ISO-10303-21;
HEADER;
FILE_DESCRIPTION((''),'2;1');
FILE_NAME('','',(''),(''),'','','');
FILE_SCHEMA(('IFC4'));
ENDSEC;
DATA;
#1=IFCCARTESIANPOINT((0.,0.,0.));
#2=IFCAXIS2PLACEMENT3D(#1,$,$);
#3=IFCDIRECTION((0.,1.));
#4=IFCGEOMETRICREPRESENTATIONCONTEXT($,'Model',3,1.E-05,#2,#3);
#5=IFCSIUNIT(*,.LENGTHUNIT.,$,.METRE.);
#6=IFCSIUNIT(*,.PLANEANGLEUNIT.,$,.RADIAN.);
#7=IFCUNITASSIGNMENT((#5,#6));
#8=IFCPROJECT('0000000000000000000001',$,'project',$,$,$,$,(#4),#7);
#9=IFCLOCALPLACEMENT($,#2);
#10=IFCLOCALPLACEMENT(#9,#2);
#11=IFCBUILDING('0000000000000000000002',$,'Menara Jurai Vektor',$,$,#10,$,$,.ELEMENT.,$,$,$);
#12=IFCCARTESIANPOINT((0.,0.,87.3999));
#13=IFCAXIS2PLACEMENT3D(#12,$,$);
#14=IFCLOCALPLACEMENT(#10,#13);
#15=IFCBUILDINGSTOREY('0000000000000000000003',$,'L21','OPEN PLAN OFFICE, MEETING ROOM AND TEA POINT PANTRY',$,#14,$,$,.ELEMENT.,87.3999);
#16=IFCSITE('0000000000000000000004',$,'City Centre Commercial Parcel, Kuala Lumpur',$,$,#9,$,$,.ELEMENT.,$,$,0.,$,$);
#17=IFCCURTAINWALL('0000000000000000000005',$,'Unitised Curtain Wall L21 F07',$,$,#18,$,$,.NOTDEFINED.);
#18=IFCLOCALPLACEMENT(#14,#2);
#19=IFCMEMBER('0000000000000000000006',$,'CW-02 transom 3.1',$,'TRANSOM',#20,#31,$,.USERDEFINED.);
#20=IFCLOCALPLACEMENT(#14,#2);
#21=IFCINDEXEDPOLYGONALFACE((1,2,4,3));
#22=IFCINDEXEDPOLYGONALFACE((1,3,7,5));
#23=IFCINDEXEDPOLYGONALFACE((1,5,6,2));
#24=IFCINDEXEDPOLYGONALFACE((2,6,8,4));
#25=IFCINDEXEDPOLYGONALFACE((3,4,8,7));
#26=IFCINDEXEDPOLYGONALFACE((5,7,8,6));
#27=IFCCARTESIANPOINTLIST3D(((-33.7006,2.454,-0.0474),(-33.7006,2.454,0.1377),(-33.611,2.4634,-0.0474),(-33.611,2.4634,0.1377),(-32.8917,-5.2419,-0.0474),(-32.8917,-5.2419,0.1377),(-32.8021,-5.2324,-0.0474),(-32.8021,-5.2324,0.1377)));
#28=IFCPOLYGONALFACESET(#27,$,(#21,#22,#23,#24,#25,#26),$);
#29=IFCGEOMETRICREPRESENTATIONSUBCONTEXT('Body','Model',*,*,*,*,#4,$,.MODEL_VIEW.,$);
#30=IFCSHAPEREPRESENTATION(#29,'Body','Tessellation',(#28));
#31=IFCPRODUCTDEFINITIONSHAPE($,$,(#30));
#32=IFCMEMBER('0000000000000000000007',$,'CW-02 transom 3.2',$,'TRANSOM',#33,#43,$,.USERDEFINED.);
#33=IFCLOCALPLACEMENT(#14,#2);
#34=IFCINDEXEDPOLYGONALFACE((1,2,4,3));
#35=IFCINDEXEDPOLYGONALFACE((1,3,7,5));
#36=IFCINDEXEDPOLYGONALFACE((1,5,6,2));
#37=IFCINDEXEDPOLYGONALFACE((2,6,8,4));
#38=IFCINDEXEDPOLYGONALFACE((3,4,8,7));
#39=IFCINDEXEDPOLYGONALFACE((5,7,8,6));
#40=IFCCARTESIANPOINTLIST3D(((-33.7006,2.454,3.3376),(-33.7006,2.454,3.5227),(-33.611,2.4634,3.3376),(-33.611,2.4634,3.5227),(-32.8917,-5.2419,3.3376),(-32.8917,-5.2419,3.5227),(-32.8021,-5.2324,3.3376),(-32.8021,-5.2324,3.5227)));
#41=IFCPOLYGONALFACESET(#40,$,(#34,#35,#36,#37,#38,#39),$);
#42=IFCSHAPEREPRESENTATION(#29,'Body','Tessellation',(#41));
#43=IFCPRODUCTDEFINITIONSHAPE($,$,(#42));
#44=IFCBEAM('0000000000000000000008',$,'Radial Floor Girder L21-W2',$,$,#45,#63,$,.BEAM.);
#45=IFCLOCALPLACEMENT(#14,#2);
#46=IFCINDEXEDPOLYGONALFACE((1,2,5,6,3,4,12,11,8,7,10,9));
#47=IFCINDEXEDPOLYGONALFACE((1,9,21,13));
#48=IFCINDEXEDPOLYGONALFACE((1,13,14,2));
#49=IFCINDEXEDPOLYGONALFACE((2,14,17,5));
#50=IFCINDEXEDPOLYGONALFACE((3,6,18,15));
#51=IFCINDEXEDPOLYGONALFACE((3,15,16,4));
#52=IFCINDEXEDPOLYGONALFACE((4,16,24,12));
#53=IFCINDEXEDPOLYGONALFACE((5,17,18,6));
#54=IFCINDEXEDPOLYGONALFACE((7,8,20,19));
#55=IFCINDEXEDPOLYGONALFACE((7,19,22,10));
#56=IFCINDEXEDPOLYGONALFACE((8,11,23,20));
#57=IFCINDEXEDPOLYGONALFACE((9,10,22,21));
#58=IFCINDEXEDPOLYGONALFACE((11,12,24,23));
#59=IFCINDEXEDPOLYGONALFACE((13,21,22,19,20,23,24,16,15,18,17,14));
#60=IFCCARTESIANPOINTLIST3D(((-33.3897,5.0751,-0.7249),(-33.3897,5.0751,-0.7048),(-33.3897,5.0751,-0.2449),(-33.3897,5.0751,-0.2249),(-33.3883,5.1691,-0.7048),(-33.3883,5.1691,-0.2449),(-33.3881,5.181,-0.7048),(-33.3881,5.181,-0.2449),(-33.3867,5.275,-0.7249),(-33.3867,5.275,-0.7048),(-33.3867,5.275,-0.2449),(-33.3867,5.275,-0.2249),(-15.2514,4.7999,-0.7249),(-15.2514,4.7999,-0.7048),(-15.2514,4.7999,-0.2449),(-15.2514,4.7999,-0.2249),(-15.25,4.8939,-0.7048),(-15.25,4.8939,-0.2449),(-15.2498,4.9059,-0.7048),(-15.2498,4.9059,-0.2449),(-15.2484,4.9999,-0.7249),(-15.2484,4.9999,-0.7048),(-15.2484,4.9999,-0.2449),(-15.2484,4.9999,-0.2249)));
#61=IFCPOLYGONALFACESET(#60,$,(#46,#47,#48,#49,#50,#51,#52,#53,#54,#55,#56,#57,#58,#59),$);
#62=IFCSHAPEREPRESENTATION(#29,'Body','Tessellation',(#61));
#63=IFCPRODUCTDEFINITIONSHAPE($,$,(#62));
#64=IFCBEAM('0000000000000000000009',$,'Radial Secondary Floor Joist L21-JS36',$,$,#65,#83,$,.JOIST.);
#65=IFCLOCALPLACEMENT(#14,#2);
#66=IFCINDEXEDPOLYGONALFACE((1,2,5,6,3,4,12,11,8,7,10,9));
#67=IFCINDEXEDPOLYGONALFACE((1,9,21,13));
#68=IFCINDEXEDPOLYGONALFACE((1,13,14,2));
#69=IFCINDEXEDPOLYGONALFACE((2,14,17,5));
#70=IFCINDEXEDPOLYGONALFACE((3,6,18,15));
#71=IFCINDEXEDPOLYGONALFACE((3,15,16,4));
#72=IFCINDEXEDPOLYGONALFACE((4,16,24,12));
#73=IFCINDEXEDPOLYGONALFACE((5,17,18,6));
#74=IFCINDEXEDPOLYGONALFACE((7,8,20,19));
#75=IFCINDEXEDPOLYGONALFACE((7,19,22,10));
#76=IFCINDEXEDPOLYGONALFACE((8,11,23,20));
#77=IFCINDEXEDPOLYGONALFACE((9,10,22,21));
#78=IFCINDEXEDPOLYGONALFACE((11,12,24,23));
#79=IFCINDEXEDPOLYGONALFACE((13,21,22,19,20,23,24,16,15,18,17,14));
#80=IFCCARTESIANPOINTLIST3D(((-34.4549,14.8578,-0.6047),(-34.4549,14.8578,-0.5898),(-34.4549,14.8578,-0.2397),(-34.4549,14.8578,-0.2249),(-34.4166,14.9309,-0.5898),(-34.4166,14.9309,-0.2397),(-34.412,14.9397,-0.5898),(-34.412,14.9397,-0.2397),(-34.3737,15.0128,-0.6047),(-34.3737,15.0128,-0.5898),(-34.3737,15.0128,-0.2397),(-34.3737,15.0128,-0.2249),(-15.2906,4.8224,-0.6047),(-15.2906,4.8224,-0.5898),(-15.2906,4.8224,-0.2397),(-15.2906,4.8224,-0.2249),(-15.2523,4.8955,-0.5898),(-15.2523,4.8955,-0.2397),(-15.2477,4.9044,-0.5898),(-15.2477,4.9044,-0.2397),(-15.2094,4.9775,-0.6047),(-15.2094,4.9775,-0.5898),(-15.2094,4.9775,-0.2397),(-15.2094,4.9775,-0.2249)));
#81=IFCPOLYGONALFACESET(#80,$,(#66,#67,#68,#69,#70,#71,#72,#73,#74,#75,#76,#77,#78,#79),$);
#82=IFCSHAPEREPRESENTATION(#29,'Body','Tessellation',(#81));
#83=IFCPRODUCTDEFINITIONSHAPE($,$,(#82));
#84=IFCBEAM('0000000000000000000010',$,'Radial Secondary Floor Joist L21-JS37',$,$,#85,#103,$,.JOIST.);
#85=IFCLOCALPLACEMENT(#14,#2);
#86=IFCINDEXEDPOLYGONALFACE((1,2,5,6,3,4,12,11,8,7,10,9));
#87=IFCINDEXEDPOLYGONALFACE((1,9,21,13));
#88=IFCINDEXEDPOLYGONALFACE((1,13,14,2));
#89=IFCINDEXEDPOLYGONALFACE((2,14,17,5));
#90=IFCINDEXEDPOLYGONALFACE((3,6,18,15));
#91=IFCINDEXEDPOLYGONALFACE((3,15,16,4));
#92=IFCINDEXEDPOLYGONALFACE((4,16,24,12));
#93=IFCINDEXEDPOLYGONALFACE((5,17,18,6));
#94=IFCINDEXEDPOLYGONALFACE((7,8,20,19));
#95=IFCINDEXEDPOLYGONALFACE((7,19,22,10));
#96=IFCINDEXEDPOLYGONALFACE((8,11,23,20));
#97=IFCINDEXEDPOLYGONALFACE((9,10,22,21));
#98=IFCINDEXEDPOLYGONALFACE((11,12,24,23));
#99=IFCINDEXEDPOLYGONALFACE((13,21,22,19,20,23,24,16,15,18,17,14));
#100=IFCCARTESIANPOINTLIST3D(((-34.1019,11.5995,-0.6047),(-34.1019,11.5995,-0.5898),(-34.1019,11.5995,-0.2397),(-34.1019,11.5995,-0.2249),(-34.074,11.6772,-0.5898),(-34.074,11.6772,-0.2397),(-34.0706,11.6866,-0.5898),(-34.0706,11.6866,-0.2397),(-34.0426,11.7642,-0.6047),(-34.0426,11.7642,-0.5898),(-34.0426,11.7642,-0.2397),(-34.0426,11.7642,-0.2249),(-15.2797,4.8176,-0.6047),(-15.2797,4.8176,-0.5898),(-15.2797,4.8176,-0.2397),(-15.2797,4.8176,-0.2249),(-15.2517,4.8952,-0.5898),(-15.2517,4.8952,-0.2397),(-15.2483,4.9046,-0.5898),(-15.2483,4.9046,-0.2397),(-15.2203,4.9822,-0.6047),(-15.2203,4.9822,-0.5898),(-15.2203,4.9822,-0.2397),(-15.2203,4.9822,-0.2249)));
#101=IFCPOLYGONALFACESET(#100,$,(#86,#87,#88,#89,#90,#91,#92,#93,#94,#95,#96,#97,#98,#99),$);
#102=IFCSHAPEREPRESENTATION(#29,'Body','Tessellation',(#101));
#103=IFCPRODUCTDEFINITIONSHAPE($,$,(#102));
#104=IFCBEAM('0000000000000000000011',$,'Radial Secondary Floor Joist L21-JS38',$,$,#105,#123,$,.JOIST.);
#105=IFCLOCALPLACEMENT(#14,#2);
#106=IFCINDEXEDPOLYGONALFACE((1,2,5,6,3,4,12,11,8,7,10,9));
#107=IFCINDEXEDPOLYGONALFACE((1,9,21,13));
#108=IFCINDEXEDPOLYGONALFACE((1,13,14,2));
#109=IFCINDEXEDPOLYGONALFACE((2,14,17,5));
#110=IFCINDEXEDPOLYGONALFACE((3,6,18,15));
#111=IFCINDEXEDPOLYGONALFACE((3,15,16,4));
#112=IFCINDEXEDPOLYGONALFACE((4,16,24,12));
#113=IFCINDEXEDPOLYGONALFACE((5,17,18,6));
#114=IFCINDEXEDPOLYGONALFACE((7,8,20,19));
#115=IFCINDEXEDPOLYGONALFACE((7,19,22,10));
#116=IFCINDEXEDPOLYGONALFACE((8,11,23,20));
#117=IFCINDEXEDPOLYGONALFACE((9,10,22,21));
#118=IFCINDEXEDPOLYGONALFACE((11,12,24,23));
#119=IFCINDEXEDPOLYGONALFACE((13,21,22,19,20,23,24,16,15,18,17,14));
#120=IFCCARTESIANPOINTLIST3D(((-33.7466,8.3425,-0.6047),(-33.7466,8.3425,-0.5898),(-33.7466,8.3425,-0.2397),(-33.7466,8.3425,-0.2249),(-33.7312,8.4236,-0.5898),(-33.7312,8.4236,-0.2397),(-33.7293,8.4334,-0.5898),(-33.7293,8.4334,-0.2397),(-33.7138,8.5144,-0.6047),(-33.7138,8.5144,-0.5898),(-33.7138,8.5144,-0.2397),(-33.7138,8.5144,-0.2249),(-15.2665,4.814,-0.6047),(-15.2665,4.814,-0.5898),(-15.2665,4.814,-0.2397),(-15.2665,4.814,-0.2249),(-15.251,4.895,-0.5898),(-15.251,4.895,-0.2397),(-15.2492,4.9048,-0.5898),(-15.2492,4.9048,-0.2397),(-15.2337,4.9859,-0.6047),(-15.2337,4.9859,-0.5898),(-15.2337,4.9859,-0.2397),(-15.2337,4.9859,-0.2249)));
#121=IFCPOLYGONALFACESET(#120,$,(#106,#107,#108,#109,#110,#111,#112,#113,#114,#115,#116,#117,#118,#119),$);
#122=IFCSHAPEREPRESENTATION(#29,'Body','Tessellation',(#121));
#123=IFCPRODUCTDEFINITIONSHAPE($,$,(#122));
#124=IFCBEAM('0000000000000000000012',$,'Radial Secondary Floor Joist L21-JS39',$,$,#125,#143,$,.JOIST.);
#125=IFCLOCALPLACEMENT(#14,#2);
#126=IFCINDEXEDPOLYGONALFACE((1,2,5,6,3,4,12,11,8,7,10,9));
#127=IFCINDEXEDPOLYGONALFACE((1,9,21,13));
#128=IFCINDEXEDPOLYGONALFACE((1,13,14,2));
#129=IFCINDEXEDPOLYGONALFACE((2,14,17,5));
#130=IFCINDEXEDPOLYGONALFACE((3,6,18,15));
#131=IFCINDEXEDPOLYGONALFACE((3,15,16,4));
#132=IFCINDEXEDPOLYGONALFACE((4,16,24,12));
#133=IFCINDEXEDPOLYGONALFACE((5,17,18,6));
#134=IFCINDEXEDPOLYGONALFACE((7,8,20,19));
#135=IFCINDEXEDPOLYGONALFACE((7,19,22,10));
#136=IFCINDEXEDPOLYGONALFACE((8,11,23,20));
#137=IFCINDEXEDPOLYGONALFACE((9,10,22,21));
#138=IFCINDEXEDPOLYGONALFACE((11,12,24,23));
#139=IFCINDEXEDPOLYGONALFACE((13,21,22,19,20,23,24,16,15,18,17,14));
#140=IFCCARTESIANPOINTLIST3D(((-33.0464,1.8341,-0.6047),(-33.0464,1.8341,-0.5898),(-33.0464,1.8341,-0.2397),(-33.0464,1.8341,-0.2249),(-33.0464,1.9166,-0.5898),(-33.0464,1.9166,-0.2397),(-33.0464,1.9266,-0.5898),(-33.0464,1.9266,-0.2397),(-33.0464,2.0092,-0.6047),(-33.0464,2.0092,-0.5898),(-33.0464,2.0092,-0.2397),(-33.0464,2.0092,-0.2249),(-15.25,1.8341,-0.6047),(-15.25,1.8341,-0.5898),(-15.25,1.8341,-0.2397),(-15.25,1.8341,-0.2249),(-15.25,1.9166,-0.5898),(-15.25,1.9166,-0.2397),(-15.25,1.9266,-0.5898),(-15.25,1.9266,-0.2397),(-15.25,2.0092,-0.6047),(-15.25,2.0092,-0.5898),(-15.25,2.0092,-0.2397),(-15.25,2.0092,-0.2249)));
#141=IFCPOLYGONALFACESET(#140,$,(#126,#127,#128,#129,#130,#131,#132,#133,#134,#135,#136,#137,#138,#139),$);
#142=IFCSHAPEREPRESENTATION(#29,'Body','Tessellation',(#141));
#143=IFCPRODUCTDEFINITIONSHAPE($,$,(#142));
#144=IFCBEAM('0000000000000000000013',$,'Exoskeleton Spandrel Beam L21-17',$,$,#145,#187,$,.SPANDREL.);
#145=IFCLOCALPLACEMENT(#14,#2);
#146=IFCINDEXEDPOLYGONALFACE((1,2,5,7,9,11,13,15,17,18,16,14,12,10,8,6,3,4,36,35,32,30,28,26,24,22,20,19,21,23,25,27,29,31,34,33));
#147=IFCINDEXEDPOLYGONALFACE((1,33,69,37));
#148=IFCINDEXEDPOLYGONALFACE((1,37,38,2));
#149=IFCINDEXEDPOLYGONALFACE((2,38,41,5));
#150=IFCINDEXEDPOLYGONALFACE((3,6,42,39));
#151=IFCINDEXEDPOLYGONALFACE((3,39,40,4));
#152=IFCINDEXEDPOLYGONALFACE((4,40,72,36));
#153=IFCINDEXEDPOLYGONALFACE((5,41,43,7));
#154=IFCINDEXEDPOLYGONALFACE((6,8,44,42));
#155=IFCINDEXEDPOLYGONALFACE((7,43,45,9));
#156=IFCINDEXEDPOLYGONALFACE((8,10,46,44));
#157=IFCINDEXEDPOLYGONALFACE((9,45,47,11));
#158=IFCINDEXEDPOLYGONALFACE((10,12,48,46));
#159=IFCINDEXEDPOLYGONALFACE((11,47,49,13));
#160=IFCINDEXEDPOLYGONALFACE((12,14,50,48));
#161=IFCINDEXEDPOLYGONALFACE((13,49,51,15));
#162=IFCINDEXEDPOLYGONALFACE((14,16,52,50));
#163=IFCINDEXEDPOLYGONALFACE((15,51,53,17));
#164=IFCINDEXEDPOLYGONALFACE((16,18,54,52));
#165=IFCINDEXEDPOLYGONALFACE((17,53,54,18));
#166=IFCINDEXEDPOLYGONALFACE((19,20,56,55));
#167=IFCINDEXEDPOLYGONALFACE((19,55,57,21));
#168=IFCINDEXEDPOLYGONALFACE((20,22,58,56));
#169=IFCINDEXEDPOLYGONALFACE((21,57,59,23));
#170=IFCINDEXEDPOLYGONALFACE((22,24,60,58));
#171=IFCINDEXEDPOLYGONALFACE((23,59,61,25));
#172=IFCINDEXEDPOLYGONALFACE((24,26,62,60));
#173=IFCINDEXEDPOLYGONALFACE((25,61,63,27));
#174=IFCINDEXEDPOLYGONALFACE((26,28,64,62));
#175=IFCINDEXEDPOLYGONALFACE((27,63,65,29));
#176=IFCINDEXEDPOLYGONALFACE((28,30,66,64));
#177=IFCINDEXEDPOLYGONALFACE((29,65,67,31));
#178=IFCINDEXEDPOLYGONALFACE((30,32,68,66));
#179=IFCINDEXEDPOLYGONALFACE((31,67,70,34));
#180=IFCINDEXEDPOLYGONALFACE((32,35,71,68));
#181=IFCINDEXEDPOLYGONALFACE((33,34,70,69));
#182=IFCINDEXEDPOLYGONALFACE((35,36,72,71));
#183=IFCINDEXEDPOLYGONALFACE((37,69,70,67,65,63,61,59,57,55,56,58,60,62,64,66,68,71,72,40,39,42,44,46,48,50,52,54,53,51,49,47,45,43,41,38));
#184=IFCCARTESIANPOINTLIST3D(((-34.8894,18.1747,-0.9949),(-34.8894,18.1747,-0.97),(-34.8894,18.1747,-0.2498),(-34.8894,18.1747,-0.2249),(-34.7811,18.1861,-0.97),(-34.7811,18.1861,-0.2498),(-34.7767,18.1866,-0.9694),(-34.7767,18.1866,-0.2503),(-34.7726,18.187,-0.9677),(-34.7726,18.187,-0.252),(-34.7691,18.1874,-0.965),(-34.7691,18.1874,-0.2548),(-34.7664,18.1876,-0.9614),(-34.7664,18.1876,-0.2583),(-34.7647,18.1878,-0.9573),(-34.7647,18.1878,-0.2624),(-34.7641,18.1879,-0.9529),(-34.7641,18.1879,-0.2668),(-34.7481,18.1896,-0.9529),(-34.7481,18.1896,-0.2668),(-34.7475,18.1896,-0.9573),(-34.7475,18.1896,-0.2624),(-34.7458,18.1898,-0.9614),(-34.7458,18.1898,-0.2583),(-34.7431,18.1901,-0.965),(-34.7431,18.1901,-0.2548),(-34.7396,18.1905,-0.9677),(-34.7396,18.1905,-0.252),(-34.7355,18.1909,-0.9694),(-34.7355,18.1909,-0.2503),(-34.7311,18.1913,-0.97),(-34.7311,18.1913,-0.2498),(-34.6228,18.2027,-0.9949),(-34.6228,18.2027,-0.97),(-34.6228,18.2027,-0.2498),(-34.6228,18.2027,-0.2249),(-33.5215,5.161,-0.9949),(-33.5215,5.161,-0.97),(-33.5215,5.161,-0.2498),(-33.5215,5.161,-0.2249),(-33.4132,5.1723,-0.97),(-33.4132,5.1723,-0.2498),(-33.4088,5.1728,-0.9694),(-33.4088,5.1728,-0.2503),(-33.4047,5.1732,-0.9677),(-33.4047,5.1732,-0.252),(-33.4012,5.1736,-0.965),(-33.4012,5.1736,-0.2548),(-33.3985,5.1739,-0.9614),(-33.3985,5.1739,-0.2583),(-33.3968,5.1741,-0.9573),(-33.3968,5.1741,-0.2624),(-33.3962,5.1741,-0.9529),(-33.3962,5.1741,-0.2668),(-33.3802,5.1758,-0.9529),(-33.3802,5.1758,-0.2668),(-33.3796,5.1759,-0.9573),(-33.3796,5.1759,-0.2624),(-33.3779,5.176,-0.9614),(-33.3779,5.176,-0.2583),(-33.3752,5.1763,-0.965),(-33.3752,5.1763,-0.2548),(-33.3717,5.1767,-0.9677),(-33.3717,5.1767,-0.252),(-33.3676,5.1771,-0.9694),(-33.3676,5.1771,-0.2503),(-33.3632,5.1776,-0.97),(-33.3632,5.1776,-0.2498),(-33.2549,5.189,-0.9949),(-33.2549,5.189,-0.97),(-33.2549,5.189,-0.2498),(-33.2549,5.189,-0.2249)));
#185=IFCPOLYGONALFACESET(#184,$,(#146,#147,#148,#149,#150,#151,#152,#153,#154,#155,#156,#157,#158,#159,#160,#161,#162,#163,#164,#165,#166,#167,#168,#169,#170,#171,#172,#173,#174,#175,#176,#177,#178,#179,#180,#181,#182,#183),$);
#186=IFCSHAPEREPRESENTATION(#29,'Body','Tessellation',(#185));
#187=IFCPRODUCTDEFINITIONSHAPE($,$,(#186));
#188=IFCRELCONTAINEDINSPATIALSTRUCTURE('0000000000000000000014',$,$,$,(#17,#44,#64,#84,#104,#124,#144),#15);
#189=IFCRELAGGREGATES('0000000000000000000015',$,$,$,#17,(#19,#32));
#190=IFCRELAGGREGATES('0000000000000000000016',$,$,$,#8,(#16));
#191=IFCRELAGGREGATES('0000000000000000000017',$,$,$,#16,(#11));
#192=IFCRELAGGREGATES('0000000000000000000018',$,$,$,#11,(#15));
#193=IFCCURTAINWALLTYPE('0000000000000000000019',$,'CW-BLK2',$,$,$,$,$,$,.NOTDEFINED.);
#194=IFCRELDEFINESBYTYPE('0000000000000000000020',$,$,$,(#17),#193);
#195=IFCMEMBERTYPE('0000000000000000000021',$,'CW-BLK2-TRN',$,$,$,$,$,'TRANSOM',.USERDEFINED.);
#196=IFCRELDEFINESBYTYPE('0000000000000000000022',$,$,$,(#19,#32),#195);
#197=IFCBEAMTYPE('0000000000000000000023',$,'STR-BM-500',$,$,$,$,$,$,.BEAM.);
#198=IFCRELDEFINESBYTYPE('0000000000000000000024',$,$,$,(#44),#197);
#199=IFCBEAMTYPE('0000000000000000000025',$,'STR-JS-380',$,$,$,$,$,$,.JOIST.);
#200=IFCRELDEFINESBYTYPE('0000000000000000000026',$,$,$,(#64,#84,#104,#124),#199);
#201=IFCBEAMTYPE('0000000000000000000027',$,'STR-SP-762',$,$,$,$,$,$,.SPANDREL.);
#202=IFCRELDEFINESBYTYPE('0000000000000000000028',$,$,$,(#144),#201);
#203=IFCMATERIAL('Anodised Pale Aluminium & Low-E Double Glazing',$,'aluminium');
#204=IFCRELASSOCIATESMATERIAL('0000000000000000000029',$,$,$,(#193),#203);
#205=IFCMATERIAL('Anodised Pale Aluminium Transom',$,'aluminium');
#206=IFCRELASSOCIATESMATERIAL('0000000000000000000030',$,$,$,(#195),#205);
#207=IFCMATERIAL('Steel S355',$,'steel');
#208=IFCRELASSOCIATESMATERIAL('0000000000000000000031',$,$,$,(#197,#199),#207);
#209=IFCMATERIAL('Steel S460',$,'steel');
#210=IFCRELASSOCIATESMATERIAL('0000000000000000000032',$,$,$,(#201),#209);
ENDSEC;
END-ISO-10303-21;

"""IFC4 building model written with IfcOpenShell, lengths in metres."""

from ifc_helpers import new_model, si_unit, direction, frame, origin, origin_2d, place, context, subcontext, project, spatial, rectangle, i_section, extrude, material, material_profile, profile_set, type_object, element, aggregate, save


model = new_model("IFC4")

# Units and contexts
model_context = context("Model", 3, precision=1e-05, world=origin(), true_north=direction((0.0, 1.0)))
body_context = subcontext(model_context, "Body", "Model", "MODEL_VIEW")
ifc_project = project(units=[si_unit("LENGTHUNIT", "METRE"), si_unit("PLANEANGLEUNIT", "RADIAN")], contexts=[model_context])

# Site, building, storey
site_placement = place(None, origin())
site = spatial("IfcSite", under=ifc_project, at=site_placement, Name="City Centre Commercial Parcel, Kuala Lumpur", CompositionType="ELEMENT", RefElevation=0.0)
building_placement = place(site_placement, origin())
building = spatial("IfcBuilding", under=site, at=building_placement, Name="Menara Jurai Vektor", CompositionType="ELEMENT")
storey_placement = place(building_placement, frame((0.0, 0.0, 87.3999)))
storey = spatial("IfcBuildingStorey", under=building, at=storey_placement, Name="L21", Description="OPEN PLAN OFFICE, MEETING ROOM AND TEA POINT PANTRY", CompositionType="ELEMENT", Elevation=87.3999)

# Shared definitions
ifc_material_1 = material(Name="Steel S460", Category="steel")

# Curtain wall, members
ifc_material_2 = material(Name="Anodised Pale Aluminium & Low-E Double Glazing", Category="aluminium")
curtain_wall_type = type_object("IfcCurtainWallType", Name="CW-BLK2", PredefinedType="NOTDEFINED", material=ifc_material_2)
curtain_wall_placement = place(storey_placement, origin())
curtain_wall = element("IfcCurtainWall", 1, at=curtain_wall_placement, inside=storey, type_object=curtain_wall_type, Name="Unitised Curtain Wall L21 F07", PredefinedType="NOTDEFINED")
ifc_material_3 = material(Name="Anodised Pale Aluminium Transom", Category="aluminium")
ifc_material_profile_1 = material_profile(ifc_material_3, rectangle(XDim=0.0901, YDim=0.1851, at=origin_2d()), Name="ALU TRN 90x185")
ifc_profile_set_1 = profile_set([ifc_material_profile_1], Name="Anodised Pale Aluminium Transom")
member_type_1 = type_object("IfcMemberType", Name="CW-BLK2-TRN", ElementType="TRANSOM", PredefinedType="USERDEFINED", material=ifc_profile_set_1)
member_1_placement = place(storey_placement, frame((-33.6558, 2.4587, 0.0452), z_axis=(0.104525, -0.994522, 0.0), x_axis=(0.994522, 0.104525, 0.0)))
member_1 = element("IfcMember", 2, at=member_1_placement, type_object=member_type_1, Name="CW-02 transom 3.1", ObjectType="TRANSOM", PredefinedType="USERDEFINED", context=body_context, shape_type="SweptSolid", body=[
    extrude(rectangle(XDim=0.0901, YDim=0.1851, at=origin_2d()), origin(), (0.0, 0.0, 1.0), 7.7383),
])
member_2_placement = place(storey_placement, frame((-33.6558, 2.4587, 3.4302), z_axis=(0.104525, -0.994522, 0.0), x_axis=(0.994522, 0.104525, 0.0)))
member_2 = element("IfcMember", 3, at=member_2_placement, type_object=member_type_1, Name="CW-02 transom 3.2", ObjectType="TRANSOM", PredefinedType="USERDEFINED", context=body_context, shape_type="SweptSolid", body=[
    extrude(rectangle(XDim=0.0901, YDim=0.1851, at=origin_2d()), origin(), (0.0, 0.0, 1.0), 7.7383),
])

# Beams
ifc_material_4 = material(Name="Steel S355", Category="steel")
ifc_material_profile_2 = material_profile(ifc_material_4, i_section(OverallWidth=0.2, OverallDepth=0.5, WebThickness=0.012, FlangeThickness=0.02, at=origin_2d()), Name="PG 500x200x96")
ifc_profile_set_2 = profile_set([ifc_material_profile_2], Name="Steel S355")
beam_type_1 = type_object("IfcBeamType", Name="STR-BM-500", PredefinedType="BEAM", material=ifc_profile_set_2)
beam_1_placement = place(storey_placement, frame((-33.3882, 5.175, -0.4749), z_axis=(0.999885, -0.015168, 0.0), x_axis=(0.015168, 0.999885, 0.0)))
element("IfcBeam", 4, at=beam_1_placement, inside=storey, type_object=beam_type_1, Name="Radial Floor Girder L21-W2", PredefinedType="BEAM", context=body_context, shape_type="SweptSolid", body=[
    extrude(i_section(OverallWidth=0.2, OverallDepth=0.5, WebThickness=0.012, FlangeThickness=0.02, at=origin_2d()), origin(), (0.0, 0.0, 1.0), 18.1404),
])
ifc_material_profile_3 = material_profile(ifc_material_4, i_section(OverallWidth=0.175, OverallDepth=0.3799, WebThickness=0.01, FlangeThickness=0.0149, at=origin_2d()), Name="PG 380x175x58")
ifc_profile_set_3 = profile_set([ifc_material_profile_3], Name="Steel S355")
beam_type_2 = type_object("IfcBeamType", Name="STR-JS-380", PredefinedType="JOIST", material=ifc_profile_set_3)
beam_2_placement = place(storey_placement, frame((-34.4143, 14.9353, -0.4148), z_axis=(0.885889, -0.463897, 0.0), x_axis=(0.463897, 0.885889, 0.0)))
element("IfcBeam", 5, at=beam_2_placement, inside=storey, type_object=beam_type_2, Name="Radial Secondary Floor Joist L21-JS36", PredefinedType="JOIST", context=body_context, shape_type="SweptSolid", body=[
    extrude(i_section(OverallWidth=0.175, OverallDepth=0.3799, WebThickness=0.01, FlangeThickness=0.0149, at=origin_2d()), origin(), (0.0, 0.0, 1.0), 21.6328),
])
beam_3_placement = place(storey_placement, frame((-34.0723, 11.6819, -0.4148), z_axis=(0.940792, -0.338983, 0.0), x_axis=(0.338983, 0.940792, 0.0)))
element("IfcBeam", 6, at=beam_3_placement, inside=storey, type_object=beam_type_2, Name="Radial Secondary Floor Joist L21-JS37", PredefinedType="JOIST", context=body_context, shape_type="SweptSolid", body=[
    extrude(i_section(OverallWidth=0.175, OverallDepth=0.3799, WebThickness=0.01, FlangeThickness=0.0149, at=origin_2d()), origin(), (0.0, 0.0, 1.0), 20.0068),
])
beam_4_placement = place(storey_placement, frame((-33.7302, 8.4285, -0.4148), z_axis=(0.982255, -0.187549, 0.0), x_axis=(0.187549, 0.982255, 0.0)))
element("IfcBeam", 7, at=beam_4_placement, inside=storey, type_object=beam_type_2, Name="Radial Secondary Floor Joist L21-JS38", PredefinedType="JOIST", context=body_context, shape_type="SweptSolid", body=[
    extrude(i_section(OverallWidth=0.175, OverallDepth=0.3799, WebThickness=0.01, FlangeThickness=0.0149, at=origin_2d()), origin(), (0.0, 0.0, 1.0), 18.814),
])
beam_5_placement = place(storey_placement, frame((-33.0464, 1.9216, -0.4148), z_axis=(1.0, 0.0, 0.0), x_axis=(0.0, 1.0, 0.0)))
element("IfcBeam", 8, at=beam_5_placement, inside=storey, type_object=beam_type_2, Name="Radial Secondary Floor Joist L21-JS39", PredefinedType="JOIST", context=body_context, shape_type="SweptSolid", body=[
    extrude(i_section(OverallWidth=0.175, OverallDepth=0.3799, WebThickness=0.01, FlangeThickness=0.0149, at=origin_2d()), origin(), (0.0, 0.0, 1.0), 17.7964),
])
ifc_material_profile_4 = material_profile(ifc_material_1, i_section(OverallWidth=0.2681, OverallDepth=0.77, WebThickness=0.0161, FlangeThickness=0.0249, FilletRadius=0.0171, at=origin_2d()), Name="UKB 762x267x197")
ifc_profile_set_4 = profile_set([ifc_material_profile_4], Name="Steel S460")
beam_type_3 = type_object("IfcBeamType", Name="STR-SP-762", PredefinedType="SPANDREL", material=ifc_profile_set_4)
beam_6_placement = place(storey_placement, frame((-34.7561, 18.1887, -0.6099), z_axis=(0.104538, -0.994521, 0.0), x_axis=(0.994521, 0.104538, 0.0)))
element("IfcBeam", 9, at=beam_6_placement, inside=storey, type_object=beam_type_3, Name="Exoskeleton Spandrel Beam L21-17", PredefinedType="SPANDREL", context=body_context, shape_type="SweptSolid", body=[
    extrude(i_section(OverallWidth=0.2681, OverallDepth=0.77, WebThickness=0.0161, FlangeThickness=0.0249, FilletRadius=0.0171, at=origin_2d()), origin(), (0.0, 0.0, 1.0), 13.0854),
])

aggregate(curtain_wall, [member_1, member_2])

save(model, "model.ifc")
